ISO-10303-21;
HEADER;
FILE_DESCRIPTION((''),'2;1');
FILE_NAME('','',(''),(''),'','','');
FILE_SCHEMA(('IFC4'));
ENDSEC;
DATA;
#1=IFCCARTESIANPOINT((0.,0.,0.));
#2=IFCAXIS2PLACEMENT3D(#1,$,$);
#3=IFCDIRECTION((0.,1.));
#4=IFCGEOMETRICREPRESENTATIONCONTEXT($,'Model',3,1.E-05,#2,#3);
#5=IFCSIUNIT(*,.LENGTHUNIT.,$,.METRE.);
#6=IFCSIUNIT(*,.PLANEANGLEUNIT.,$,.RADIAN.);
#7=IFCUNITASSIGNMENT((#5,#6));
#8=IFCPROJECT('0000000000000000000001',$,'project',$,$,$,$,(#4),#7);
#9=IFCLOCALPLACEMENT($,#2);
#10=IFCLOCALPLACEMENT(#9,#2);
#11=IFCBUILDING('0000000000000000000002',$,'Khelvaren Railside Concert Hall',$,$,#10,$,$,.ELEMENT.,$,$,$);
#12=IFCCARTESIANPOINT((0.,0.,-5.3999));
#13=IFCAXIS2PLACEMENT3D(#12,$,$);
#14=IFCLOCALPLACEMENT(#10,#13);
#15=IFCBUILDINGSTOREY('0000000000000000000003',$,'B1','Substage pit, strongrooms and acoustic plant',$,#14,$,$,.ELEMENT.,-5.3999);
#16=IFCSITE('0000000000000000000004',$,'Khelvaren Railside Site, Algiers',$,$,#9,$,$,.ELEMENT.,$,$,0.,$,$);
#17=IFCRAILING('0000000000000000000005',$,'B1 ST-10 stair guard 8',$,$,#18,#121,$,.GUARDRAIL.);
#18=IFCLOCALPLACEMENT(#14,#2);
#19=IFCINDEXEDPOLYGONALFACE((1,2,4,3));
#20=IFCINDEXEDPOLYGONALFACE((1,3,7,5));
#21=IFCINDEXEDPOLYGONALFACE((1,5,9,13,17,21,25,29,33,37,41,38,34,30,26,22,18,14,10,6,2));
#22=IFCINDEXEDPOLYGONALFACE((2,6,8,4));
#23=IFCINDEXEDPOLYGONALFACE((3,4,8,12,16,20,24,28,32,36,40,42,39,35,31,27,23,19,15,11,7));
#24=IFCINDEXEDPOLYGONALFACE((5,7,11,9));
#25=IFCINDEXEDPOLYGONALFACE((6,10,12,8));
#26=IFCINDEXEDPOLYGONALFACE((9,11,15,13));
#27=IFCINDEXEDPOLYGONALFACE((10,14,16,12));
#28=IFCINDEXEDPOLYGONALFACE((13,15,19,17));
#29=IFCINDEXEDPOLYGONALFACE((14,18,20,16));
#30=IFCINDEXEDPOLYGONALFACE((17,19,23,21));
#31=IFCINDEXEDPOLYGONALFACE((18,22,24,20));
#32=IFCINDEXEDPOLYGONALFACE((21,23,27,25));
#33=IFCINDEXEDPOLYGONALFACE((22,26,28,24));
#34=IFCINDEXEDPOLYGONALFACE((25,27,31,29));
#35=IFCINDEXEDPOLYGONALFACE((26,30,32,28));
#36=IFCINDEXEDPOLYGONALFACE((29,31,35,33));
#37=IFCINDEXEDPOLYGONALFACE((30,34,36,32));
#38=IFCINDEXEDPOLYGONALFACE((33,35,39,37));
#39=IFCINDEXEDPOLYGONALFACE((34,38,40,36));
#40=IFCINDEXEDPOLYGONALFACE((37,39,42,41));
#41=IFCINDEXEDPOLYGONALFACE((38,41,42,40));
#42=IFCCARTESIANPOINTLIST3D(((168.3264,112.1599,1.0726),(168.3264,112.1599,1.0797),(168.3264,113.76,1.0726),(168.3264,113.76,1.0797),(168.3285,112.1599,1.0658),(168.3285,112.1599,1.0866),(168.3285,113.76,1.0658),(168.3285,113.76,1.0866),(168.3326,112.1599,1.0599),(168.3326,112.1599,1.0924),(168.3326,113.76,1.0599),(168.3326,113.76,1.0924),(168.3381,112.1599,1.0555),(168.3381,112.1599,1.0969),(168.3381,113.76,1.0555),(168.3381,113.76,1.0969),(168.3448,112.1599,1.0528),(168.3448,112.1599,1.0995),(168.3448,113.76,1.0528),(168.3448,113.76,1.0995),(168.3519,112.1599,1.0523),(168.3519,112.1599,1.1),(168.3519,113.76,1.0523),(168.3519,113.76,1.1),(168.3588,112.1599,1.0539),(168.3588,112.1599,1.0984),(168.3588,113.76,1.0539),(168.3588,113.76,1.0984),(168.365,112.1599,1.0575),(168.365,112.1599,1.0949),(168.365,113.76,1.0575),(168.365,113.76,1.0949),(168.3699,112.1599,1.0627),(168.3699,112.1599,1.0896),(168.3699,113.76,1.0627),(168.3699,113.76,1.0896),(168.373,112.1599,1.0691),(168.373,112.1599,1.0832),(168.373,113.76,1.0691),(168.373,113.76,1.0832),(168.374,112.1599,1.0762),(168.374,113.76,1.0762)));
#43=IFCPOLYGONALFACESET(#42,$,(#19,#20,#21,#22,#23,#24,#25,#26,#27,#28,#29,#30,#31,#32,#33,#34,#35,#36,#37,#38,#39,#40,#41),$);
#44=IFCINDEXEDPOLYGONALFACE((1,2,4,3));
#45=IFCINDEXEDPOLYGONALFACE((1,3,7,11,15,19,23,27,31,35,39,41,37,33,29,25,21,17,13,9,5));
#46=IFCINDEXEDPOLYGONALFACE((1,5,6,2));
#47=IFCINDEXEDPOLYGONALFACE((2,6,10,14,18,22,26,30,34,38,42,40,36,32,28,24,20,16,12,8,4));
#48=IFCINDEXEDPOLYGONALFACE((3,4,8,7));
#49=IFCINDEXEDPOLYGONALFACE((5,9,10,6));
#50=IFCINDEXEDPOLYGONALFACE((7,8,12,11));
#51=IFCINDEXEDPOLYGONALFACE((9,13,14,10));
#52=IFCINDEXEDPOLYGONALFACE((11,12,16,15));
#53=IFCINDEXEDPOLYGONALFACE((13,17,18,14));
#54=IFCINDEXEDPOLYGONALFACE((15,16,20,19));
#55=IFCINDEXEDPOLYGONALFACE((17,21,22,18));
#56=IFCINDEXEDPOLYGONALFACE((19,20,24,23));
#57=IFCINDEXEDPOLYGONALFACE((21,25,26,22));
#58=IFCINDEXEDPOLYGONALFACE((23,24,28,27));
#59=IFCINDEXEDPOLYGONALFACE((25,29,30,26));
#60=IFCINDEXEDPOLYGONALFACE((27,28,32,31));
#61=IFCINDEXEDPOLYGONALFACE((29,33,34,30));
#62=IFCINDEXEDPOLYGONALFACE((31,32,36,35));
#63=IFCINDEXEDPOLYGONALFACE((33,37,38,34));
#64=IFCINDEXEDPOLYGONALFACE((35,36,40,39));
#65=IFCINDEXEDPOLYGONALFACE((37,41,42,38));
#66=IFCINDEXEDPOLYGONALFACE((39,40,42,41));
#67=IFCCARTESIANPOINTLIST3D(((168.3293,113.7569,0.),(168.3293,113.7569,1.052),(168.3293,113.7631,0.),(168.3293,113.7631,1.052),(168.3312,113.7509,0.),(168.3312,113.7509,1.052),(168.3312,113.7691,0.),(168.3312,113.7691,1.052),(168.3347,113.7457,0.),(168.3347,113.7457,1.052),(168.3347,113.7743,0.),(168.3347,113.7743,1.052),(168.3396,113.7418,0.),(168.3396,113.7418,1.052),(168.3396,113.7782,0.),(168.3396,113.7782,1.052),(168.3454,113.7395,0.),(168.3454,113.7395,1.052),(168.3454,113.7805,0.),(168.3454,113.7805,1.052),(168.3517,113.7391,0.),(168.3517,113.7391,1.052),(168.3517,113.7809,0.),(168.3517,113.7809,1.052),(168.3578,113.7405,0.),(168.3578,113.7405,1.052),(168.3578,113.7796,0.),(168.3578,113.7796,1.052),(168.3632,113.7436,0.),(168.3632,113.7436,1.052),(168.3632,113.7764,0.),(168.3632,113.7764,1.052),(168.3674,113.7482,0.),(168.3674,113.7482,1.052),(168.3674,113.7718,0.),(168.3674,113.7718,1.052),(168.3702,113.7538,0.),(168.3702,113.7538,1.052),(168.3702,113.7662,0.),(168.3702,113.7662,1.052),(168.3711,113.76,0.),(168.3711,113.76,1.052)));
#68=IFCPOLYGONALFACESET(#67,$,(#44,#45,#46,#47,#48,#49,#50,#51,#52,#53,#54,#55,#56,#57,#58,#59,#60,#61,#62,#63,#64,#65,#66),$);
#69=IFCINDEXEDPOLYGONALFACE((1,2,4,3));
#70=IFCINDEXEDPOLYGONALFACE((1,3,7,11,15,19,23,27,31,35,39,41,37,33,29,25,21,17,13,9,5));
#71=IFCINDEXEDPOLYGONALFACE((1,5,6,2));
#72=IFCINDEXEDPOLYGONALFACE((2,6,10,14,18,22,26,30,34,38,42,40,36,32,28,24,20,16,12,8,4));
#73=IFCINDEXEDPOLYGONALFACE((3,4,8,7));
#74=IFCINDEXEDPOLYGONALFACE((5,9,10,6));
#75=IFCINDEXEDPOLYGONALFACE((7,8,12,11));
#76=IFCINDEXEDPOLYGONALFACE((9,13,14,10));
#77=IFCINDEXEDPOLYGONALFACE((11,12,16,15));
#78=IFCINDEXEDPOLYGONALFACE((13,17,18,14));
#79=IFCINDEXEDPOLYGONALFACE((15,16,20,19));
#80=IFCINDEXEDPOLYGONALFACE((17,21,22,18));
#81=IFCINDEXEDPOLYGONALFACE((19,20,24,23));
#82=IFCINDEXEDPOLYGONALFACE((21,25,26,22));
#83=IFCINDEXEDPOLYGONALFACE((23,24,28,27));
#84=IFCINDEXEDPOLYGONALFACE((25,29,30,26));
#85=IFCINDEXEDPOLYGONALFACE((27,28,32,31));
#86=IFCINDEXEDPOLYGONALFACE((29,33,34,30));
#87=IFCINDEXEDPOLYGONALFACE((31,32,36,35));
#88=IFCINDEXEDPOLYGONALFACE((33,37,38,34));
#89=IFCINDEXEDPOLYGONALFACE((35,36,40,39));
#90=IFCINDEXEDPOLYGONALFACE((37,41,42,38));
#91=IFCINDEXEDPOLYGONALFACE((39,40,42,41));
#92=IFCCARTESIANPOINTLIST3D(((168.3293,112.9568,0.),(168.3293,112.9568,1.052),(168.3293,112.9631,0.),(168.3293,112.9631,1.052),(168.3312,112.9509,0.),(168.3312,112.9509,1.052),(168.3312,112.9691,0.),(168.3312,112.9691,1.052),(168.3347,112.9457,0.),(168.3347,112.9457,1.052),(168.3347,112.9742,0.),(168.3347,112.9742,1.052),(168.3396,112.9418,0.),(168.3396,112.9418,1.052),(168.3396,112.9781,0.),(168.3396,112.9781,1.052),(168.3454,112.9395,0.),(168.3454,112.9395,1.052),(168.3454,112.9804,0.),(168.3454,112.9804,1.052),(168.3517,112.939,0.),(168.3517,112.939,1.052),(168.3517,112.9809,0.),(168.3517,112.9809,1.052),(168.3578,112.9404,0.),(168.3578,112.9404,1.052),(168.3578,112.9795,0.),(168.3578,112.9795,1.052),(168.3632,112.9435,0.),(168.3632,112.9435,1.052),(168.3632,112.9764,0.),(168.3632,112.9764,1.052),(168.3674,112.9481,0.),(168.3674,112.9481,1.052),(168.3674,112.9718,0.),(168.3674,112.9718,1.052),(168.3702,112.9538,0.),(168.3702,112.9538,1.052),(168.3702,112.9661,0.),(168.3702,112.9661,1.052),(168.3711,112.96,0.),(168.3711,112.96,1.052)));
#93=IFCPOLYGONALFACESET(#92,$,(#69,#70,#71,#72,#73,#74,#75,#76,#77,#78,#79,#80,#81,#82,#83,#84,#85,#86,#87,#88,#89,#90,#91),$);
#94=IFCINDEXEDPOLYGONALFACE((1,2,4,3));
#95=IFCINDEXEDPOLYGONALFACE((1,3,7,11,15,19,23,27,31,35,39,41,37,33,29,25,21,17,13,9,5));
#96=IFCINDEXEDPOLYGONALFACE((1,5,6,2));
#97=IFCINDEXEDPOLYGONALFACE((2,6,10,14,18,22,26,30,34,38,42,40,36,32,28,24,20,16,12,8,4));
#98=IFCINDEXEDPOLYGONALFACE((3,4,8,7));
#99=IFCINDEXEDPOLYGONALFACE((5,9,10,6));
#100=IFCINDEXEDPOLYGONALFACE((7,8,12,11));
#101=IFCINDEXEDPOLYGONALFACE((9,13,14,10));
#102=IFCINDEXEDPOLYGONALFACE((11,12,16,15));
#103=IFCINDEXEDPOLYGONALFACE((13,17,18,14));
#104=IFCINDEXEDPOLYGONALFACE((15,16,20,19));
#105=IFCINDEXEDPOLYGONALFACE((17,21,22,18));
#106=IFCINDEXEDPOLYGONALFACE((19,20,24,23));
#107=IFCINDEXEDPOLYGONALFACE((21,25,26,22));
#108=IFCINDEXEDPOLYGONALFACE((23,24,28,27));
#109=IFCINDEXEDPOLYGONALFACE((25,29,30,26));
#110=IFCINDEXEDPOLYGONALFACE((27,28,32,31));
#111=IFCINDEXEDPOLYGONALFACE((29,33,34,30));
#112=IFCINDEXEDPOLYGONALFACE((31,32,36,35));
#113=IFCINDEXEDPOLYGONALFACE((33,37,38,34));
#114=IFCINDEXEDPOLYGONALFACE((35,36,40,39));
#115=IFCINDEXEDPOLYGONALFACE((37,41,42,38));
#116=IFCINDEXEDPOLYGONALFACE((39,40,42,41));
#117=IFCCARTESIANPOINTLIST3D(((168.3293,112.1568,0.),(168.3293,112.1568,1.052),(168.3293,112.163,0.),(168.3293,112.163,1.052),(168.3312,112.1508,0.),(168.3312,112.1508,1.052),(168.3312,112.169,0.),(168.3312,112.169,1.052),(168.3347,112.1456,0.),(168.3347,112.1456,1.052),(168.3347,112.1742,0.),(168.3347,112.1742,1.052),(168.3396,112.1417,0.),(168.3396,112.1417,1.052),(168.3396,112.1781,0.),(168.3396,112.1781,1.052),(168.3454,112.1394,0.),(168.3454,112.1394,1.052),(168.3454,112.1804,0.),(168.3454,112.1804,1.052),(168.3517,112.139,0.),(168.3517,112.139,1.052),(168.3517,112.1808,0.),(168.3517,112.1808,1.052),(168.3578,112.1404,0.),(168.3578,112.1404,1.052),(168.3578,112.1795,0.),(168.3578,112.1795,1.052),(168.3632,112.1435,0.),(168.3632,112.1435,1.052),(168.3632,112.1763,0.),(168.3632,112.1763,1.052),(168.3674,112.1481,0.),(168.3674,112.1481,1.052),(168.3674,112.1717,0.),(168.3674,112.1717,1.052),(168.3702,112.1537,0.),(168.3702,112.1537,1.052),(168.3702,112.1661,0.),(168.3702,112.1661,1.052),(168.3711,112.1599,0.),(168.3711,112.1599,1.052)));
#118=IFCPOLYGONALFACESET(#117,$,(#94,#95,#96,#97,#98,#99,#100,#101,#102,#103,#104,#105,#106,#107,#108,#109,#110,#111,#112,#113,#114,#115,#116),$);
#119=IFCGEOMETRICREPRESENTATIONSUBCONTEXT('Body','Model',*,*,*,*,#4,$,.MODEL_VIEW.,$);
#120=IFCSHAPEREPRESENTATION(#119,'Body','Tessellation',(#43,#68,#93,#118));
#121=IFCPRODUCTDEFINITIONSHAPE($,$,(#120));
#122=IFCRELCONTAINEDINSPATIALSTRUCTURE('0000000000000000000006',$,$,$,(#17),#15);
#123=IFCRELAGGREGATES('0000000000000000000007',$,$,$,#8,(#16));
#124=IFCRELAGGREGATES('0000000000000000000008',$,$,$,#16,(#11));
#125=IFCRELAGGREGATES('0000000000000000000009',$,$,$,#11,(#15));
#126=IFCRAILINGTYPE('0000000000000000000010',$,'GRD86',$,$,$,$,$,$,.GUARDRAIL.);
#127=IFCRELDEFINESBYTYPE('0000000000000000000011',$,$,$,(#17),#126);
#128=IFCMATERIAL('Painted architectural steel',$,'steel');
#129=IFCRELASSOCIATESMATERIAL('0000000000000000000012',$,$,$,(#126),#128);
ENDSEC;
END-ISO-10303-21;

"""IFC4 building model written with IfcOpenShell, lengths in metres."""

from ifc_helpers import new_model, si_unit, direction, frame, origin, origin_2d, place, context, subcontext, project, spatial, circle, extrude, material, type_object, element, save


model = new_model("IFC4")

# Units and contexts
model_context = context("Model", 3, precision=1e-05, world=origin(), true_north=direction((0.0, 1.0)))
body_context = subcontext(model_context, "Body", "Model", "MODEL_VIEW")
ifc_project = project(units=[si_unit("LENGTHUNIT", "METRE"), si_unit("PLANEANGLEUNIT", "RADIAN")], contexts=[model_context])

# Site, building, storey
site_placement = place(None, origin())
site = spatial("IfcSite", under=ifc_project, at=site_placement, Name="Khelvaren Railside Site, Algiers", CompositionType="ELEMENT", RefElevation=0.0)
building_placement = place(site_placement, origin())
building = spatial("IfcBuilding", under=site, at=building_placement, Name="Khelvaren Railside Concert Hall", CompositionType="ELEMENT")
storey_placement = place(building_placement, frame((0.0, 0.0, -5.3999)))
storey = spatial("IfcBuildingStorey", under=building, at=storey_placement, Name="B1", Description="Substage pit, strongrooms and acoustic plant", CompositionType="ELEMENT", Elevation=-5.3999)

# Railing
ifc_material_1 = material(Name="Painted architectural steel", Category="steel")
railing_type_1 = type_object("IfcRailingType", Name="GRD86", PredefinedType="GUARDRAIL", material=ifc_material_1)
railing_1_placement = place(storey_placement, frame((168.3501, 113.76, 0.0)))
element("IfcRailing", 1, at=railing_1_placement, inside=storey, type_object=railing_type_1, Name="B1 ST-10 stair guard 8", PredefinedType="GUARDRAIL", context=body_context, shape_type="SweptSolid", body=[
    extrude(circle(Radius=0.0239, at=origin_2d()), frame((0.0, 0.0, 1.0762), z_axis=(0.0, -1.0, 0.0), x_axis=(1.0, 0.0, 0.0)), (0.0, 0.0, 1.0), 1.6001),
    extrude(circle(Radius=0.021, at=origin_2d()), origin(), (0.0, 0.0, 1.0), 1.052),
    extrude(circle(Radius=0.021, at=origin_2d()), frame((0.0, -0.8, 0.0)), (0.0, 0.0, 1.0), 1.052),
    extrude(circle(Radius=0.021, at=origin_2d()), frame((0.0, -1.6001, 0.0)), (0.0, 0.0, 1.0), 1.052),
])

save(model, "model.ifc")
